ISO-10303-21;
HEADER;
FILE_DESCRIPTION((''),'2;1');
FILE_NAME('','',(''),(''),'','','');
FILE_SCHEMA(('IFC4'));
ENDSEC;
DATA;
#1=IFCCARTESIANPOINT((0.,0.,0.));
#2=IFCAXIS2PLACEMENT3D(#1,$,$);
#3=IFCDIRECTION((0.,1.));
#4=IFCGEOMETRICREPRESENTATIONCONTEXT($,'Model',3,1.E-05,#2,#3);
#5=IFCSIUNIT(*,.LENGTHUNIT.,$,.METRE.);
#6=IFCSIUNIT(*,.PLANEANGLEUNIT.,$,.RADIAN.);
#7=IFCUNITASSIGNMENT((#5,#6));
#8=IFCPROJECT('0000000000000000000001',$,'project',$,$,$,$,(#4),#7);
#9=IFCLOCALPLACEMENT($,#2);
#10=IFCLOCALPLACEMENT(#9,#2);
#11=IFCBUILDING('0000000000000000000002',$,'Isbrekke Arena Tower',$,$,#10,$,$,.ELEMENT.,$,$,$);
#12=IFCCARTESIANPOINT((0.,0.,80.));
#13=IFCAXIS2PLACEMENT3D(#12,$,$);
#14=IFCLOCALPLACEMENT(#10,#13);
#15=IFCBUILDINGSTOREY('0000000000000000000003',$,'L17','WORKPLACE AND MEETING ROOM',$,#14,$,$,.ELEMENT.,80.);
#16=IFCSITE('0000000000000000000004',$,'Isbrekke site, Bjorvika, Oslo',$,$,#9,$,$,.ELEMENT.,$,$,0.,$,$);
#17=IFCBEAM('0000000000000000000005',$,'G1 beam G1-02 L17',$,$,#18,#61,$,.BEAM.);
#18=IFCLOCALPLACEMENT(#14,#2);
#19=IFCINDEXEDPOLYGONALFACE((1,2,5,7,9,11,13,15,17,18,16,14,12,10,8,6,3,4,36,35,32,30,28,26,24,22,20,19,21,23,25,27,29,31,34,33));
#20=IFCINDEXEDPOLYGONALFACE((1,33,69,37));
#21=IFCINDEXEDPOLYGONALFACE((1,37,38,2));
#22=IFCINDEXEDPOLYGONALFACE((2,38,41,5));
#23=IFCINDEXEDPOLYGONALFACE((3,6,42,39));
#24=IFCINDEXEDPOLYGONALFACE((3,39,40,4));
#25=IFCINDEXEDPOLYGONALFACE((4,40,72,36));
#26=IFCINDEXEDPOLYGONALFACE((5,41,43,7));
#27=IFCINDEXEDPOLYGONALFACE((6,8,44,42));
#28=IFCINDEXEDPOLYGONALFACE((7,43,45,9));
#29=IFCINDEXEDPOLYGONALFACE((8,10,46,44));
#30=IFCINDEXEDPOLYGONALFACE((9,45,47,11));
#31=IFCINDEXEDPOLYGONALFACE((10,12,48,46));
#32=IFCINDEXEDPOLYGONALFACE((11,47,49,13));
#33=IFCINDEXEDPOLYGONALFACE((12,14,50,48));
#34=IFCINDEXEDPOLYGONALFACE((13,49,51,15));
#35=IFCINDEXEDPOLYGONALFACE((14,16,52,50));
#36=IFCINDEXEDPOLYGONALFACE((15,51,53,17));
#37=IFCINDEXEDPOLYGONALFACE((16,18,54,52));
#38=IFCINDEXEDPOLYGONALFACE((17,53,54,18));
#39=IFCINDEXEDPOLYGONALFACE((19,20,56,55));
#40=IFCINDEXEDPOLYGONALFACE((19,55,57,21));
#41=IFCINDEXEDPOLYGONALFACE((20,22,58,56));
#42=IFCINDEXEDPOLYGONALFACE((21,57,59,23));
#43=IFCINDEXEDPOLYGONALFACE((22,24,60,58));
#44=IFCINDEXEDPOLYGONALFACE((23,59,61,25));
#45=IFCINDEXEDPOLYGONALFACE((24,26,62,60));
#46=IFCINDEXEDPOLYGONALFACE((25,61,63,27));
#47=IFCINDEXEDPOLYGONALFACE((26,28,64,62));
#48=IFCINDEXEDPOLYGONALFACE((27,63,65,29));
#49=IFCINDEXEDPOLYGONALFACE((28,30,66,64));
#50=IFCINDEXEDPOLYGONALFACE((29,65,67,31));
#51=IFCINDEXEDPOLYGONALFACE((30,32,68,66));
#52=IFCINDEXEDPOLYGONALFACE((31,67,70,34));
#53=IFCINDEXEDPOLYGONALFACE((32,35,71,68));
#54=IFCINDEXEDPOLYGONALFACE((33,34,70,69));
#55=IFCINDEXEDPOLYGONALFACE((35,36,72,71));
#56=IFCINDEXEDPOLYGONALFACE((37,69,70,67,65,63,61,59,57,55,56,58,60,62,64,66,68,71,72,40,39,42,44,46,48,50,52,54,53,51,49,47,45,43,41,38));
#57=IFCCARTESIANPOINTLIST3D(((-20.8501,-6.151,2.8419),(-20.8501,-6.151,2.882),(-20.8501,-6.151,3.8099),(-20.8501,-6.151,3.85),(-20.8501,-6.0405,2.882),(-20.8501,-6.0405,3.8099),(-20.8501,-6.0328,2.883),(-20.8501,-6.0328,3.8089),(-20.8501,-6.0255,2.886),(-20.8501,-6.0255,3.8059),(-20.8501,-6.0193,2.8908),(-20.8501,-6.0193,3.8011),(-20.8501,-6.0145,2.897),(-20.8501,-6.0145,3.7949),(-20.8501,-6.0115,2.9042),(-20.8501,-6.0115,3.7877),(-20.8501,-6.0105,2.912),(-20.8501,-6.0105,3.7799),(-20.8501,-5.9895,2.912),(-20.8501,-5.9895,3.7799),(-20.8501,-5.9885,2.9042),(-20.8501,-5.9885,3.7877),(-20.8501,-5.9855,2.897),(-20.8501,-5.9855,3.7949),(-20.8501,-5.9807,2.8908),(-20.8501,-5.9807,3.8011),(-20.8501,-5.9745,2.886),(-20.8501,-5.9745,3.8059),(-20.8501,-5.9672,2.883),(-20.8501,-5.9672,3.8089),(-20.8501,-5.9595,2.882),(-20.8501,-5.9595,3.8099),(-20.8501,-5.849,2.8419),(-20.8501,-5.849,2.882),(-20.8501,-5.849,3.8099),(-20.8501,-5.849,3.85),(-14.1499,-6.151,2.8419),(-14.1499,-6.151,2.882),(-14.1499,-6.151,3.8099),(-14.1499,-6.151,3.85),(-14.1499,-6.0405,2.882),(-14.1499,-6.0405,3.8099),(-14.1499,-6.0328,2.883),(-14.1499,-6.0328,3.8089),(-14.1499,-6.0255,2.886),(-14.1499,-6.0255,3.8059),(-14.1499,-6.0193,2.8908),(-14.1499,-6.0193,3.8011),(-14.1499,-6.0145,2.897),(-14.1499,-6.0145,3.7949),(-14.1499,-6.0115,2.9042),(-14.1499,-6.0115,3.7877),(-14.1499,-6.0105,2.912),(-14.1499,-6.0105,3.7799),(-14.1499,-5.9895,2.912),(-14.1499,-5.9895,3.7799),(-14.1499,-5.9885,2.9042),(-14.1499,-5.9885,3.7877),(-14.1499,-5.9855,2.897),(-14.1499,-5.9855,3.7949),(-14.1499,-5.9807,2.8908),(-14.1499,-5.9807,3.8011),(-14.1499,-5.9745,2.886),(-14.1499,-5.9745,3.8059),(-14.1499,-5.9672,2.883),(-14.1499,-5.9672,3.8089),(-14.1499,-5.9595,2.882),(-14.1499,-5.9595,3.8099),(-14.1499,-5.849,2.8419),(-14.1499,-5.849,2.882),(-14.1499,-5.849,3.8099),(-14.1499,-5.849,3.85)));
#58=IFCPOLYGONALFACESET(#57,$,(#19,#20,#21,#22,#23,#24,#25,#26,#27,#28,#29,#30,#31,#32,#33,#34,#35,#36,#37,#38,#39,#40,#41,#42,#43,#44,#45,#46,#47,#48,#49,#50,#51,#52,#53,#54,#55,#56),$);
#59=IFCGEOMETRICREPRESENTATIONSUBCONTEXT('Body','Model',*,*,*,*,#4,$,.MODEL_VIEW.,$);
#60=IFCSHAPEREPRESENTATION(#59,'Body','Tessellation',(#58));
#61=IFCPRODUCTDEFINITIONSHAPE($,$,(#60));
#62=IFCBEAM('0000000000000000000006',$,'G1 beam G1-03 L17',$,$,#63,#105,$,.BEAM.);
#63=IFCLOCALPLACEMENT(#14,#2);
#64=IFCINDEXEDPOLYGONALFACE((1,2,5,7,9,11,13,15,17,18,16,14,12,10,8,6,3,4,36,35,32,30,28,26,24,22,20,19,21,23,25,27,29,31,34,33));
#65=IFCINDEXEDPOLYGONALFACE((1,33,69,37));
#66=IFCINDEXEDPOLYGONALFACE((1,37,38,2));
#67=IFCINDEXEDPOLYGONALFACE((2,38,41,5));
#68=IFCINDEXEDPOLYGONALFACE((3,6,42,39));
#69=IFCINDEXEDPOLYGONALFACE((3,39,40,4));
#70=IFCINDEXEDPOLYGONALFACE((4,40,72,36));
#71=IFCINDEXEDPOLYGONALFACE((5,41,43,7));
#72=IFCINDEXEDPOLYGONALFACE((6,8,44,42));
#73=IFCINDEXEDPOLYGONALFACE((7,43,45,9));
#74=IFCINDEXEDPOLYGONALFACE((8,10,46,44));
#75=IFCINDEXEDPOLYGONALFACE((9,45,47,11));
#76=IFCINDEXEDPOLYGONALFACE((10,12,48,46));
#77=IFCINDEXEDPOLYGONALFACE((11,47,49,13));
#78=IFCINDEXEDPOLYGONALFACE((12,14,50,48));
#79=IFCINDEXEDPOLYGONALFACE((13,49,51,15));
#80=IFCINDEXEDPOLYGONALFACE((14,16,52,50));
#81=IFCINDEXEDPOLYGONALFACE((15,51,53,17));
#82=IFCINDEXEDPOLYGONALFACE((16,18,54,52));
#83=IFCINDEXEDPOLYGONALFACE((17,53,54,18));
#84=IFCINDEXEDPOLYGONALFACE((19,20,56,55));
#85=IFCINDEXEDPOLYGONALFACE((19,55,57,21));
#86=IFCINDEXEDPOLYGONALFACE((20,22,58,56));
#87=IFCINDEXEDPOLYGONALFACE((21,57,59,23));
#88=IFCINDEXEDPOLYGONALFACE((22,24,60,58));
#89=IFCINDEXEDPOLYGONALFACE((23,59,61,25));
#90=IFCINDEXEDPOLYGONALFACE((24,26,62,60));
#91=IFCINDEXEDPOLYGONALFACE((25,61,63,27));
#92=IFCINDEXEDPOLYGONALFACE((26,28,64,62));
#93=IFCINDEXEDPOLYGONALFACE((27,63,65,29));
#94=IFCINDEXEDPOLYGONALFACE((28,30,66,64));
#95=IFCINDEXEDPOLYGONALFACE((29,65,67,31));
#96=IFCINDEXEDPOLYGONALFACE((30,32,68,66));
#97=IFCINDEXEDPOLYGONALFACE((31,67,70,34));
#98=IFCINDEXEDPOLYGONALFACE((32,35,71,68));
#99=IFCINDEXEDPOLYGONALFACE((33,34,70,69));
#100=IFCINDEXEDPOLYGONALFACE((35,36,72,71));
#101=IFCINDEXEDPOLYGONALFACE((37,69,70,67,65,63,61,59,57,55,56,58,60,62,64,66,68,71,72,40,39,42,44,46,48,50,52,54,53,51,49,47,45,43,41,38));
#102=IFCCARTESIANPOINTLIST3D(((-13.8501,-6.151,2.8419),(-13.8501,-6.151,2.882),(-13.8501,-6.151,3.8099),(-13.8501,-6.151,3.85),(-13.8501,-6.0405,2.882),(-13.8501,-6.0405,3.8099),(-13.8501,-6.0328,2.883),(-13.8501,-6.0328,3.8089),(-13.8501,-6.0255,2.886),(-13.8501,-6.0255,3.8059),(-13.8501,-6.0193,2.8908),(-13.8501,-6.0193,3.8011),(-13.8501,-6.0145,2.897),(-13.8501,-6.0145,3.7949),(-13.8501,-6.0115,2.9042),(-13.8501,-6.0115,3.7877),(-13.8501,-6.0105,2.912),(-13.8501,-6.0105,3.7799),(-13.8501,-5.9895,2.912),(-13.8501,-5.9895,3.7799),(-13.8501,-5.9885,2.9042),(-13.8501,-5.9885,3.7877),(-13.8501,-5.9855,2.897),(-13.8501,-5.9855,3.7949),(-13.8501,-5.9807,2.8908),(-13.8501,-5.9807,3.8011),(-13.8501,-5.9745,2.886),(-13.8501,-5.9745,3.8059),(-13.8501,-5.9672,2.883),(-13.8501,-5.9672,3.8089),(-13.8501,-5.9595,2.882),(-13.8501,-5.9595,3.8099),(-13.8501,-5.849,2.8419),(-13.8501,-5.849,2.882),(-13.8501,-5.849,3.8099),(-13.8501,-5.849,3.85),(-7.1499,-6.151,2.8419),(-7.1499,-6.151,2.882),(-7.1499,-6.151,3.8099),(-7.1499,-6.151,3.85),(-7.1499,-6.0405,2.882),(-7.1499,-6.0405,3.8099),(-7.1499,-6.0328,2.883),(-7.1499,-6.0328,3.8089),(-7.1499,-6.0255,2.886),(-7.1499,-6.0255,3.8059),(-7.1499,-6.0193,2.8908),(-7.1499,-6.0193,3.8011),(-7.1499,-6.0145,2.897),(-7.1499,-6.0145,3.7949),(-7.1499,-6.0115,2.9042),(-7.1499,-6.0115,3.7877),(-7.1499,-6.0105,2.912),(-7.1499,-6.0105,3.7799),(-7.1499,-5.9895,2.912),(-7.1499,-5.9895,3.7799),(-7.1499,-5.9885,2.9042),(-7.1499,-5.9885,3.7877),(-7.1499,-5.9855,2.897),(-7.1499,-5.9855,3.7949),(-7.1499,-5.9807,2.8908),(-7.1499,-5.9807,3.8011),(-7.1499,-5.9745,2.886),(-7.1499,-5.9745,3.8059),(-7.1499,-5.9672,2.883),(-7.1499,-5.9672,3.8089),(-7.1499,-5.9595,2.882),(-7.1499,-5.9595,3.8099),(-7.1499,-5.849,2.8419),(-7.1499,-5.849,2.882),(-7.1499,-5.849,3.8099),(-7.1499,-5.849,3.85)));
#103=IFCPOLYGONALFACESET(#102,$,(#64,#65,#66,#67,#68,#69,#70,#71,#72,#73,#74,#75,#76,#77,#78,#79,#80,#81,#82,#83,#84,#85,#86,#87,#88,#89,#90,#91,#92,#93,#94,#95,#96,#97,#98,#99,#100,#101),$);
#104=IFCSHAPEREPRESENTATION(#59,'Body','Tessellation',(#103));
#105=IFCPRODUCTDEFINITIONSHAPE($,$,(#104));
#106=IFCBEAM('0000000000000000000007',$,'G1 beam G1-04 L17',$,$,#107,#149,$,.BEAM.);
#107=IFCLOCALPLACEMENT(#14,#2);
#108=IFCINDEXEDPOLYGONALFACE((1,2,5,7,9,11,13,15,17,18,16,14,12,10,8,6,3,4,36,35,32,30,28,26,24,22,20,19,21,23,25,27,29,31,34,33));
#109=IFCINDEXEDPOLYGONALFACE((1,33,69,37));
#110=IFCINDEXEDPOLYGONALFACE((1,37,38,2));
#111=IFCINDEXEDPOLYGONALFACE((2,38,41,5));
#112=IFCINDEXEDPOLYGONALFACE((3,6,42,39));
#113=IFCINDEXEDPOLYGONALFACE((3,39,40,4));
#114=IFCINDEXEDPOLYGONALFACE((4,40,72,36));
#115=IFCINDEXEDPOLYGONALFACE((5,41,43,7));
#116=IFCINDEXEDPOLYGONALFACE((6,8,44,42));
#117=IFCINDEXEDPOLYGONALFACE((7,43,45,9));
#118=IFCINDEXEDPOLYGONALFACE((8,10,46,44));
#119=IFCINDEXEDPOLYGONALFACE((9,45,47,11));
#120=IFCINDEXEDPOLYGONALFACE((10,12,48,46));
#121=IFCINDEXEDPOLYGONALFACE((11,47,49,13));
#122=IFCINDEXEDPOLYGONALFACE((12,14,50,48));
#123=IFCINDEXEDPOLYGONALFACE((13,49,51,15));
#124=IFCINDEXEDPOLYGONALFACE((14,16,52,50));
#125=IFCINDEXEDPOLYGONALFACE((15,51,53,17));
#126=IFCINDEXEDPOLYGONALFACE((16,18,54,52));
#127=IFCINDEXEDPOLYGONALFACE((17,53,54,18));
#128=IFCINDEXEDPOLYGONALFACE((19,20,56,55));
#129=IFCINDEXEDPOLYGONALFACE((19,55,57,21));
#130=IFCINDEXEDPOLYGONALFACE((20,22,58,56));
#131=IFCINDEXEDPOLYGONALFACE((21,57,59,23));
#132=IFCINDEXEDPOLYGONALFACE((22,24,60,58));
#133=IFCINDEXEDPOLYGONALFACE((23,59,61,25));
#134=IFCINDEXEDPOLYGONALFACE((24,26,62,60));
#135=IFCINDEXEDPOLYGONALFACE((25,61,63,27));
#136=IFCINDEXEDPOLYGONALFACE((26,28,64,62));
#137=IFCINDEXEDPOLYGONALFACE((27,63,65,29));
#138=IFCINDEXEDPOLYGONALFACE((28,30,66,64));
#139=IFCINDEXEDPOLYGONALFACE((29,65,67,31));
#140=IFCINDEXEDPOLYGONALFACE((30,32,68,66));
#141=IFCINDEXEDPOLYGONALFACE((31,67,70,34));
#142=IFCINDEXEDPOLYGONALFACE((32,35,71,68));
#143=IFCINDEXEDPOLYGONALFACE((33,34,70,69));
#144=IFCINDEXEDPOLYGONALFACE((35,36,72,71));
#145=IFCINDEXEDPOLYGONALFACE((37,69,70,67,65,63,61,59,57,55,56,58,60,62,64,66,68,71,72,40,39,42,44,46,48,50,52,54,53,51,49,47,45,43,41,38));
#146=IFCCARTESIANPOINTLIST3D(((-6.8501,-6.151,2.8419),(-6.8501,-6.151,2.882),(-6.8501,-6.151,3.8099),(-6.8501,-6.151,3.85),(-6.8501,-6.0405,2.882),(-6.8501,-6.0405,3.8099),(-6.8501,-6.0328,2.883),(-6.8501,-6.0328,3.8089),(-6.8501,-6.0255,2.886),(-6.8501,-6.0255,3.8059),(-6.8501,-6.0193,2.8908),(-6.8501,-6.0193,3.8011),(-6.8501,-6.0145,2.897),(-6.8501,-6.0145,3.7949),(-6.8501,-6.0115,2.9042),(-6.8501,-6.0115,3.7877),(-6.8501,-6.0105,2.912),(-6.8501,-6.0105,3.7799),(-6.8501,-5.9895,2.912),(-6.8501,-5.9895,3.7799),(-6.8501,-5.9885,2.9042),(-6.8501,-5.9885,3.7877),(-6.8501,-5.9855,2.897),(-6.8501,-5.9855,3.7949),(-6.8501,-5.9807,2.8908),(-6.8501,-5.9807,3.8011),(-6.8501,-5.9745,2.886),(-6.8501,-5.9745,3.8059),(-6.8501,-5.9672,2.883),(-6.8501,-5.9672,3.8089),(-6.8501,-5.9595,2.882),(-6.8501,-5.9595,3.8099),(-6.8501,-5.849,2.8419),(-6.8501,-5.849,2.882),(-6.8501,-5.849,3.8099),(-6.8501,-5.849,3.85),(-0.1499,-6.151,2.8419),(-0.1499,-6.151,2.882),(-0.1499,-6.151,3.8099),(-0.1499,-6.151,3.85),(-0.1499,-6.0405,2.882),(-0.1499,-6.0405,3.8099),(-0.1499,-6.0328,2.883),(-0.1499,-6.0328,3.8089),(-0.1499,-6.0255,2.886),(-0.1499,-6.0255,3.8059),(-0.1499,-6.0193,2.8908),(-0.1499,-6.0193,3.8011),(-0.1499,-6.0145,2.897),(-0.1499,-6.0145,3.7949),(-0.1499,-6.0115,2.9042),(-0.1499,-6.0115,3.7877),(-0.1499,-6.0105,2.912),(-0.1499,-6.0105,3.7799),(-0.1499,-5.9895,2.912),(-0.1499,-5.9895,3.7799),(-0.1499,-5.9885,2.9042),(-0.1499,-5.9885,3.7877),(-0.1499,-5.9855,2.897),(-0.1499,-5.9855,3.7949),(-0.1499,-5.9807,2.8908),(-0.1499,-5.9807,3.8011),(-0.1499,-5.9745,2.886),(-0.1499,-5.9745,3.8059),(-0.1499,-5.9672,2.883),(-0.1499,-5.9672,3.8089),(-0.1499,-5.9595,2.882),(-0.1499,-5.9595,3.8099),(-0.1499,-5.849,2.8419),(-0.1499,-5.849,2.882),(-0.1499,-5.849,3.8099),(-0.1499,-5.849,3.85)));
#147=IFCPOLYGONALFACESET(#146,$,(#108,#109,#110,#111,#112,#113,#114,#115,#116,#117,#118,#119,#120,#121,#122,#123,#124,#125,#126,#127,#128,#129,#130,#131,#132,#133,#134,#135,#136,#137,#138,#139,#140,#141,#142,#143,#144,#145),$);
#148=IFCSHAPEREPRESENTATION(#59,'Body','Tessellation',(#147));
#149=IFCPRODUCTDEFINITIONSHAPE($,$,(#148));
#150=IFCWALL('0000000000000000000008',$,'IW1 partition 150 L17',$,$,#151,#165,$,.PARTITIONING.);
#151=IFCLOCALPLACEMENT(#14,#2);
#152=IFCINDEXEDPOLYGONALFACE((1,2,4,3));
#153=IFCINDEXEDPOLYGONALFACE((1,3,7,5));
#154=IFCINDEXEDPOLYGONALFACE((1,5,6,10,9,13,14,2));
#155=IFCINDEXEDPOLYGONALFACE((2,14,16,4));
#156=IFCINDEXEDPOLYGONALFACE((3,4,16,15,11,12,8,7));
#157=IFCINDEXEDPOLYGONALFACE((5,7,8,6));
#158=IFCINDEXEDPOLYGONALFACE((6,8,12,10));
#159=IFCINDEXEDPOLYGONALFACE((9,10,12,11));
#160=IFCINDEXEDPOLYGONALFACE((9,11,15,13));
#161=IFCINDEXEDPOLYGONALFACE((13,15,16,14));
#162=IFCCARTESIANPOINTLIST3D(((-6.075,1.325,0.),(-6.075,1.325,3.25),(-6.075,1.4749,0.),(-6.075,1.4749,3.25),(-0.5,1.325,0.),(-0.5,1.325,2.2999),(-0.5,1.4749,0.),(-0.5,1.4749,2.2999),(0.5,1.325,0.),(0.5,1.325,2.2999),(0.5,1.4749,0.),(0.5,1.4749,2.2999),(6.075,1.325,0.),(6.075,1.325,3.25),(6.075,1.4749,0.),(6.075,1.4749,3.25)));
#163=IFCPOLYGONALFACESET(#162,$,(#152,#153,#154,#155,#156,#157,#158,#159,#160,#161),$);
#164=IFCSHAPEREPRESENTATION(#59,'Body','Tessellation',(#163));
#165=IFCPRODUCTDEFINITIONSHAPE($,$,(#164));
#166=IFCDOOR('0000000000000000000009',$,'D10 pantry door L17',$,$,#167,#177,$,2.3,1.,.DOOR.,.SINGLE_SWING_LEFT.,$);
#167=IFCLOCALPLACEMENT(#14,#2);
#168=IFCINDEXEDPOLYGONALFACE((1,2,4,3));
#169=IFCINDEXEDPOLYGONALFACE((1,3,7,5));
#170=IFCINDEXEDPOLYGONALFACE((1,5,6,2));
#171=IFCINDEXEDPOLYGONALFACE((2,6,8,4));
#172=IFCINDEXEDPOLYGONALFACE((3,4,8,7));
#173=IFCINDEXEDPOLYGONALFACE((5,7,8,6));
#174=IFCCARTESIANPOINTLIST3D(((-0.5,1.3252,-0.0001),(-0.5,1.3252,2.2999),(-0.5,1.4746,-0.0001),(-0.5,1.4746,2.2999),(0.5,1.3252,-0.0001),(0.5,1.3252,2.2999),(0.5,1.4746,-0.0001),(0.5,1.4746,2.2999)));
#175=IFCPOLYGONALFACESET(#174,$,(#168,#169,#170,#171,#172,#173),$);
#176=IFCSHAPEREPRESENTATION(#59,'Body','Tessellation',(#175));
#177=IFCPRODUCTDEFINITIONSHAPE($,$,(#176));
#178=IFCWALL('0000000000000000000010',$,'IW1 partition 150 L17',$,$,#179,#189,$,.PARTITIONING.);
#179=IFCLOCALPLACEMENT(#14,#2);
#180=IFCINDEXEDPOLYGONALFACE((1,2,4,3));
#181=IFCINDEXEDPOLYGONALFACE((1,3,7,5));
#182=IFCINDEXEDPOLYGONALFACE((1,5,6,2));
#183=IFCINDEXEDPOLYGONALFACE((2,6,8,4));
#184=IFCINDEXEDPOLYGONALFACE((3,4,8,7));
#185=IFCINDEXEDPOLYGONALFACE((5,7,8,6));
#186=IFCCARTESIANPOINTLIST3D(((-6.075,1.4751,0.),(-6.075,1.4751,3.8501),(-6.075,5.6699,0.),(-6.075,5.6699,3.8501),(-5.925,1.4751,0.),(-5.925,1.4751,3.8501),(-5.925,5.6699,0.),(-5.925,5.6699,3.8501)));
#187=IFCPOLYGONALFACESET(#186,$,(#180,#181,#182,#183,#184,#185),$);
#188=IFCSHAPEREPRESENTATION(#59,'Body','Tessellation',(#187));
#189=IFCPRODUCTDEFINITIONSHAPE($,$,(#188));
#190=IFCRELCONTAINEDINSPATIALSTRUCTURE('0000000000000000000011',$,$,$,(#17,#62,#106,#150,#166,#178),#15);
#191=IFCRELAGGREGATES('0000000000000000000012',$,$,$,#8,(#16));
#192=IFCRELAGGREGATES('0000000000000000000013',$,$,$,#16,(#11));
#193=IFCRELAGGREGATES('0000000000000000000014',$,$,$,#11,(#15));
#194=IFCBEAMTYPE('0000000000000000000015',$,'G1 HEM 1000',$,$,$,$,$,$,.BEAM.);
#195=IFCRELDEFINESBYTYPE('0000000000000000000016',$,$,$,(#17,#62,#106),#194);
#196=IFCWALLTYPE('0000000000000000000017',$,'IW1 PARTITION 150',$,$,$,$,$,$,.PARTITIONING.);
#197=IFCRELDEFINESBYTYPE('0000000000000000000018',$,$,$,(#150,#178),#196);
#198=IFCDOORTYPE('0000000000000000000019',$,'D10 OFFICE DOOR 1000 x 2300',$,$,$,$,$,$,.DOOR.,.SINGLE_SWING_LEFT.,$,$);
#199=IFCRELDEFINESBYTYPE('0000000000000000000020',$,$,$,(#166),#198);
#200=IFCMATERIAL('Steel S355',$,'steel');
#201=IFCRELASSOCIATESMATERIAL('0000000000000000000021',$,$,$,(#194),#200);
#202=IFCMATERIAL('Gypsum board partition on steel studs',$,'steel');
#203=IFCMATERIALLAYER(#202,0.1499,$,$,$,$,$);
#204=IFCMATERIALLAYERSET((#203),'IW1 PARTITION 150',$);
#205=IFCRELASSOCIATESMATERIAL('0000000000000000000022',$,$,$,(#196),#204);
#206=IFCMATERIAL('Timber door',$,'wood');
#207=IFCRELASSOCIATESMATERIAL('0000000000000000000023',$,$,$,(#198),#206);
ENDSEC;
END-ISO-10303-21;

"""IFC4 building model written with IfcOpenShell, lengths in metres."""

from ifc_helpers import new_model, si_unit, direction, frame, frame_2d, origin, origin_2d, place, context, subcontext, project, spatial, rectangle, i_section, extrude, material, layer, layer_set, material_profile, profile_set, type_object, element, fill, save


model = new_model("IFC4")

# Units and contexts
model_context = context("Model", 3, precision=1e-05, world=origin(), true_north=direction((0.0, 1.0)))
body_context = subcontext(model_context, "Body", "Model", "MODEL_VIEW")
ifc_project = project(units=[si_unit("LENGTHUNIT", "METRE"), si_unit("PLANEANGLEUNIT", "RADIAN")], contexts=[model_context])

# Site, building, storey
site_placement = place(None, origin())
site = spatial("IfcSite", under=ifc_project, at=site_placement, Name="Isbrekke site, Bjorvika, Oslo", CompositionType="ELEMENT", RefElevation=0.0)
building_placement = place(site_placement, origin())
building = spatial("IfcBuilding", under=site, at=building_placement, Name="Isbrekke Arena Tower", CompositionType="ELEMENT")
storey_placement = place(building_placement, frame((0.0, 0.0, 80.0)))
storey = spatial("IfcBuildingStorey", under=building, at=storey_placement, Name="L17", Description="WORKPLACE AND MEETING ROOM", CompositionType="ELEMENT", Elevation=80.0)

# Beams
ifc_material_1 = material(Name="Steel S355", Category="steel")
ifc_material_profile_1 = material_profile(ifc_material_1, i_section(OverallWidth=0.302, OverallDepth=1.0081, WebThickness=0.021, FlangeThickness=0.04, FilletRadius=0.03, at=origin_2d()), Name="HEM 1000")
ifc_profile_set_1 = profile_set([ifc_material_profile_1], Name="Steel S355")
beam_type_1 = type_object("IfcBeamType", Name="G1 HEM 1000", PredefinedType="BEAM", material=ifc_profile_set_1)
for number, where, z_axis, x_axis, name in (
    (1, (-20.8501, -6.0, 3.3459), (1.0, 0.0, 0.0), (0.0, 1.0, 0.0), "G1 beam G1-02 L17"),
    (2, (-13.8501, -6.0, 3.3459), (1.0, 0.0, 0.0), (0.0, 1.0, 0.0), "G1 beam G1-03 L17"),
    (3, (-6.8501, -6.0, 3.3459), (1.0, 0.0, 0.0), (0.0, 1.0, 0.0), "G1 beam G1-04 L17"),
):
    element("IfcBeam", number, at=place(storey_placement, frame(where, z_axis=z_axis, x_axis=x_axis)), inside=storey, type_object=beam_type_1, Name=name, PredefinedType="BEAM", context=body_context, shape_type="SweptSolid", body=[
        extrude(i_section(OverallWidth=0.302, OverallDepth=1.0081, WebThickness=0.021, FlangeThickness=0.04, FilletRadius=0.03, at=origin_2d()), origin(), (0.0, 0.0, 1.0), 6.7002),
    ])

# Wall, opening, door
ifc_material_2 = material(Name="Gypsum board partition on steel studs", Category="steel")
ifc_layer_1 = layer(ifc_material_2, 0.1499)
ifc_layer_set_1 = layer_set([ifc_layer_1], Name="IW1 PARTITION 150")
wall_type_1 = type_object("IfcWallType", Name="IW1 PARTITION 150", PredefinedType="PARTITIONING", material=ifc_layer_set_1)
wall_1_placement = place(storey_placement, frame((-6.075, 1.3999, 0.0), z_axis=(0.0, 0.0, 1.0), x_axis=(1.0, 0.0, 0.0)))
wall_1 = element("IfcWall", 4, at=wall_1_placement, inside=storey, type_object=wall_type_1, Name="IW1 partition 150 L17", PredefinedType="PARTITIONING", context=body_context, shape_type="SweptSolid", body=[
    extrude(rectangle(XDim=12.1499, YDim=0.1499, at=frame_2d((6.075, 0.0))), origin(), (0.0, 0.0, 1.0), 3.25),
])
opening_1_placement = place(wall_1_placement, frame((5.575, 0.0, 0.0)))
opening_1 = element("IfcOpeningElement", 5, at=opening_1_placement, cuts=wall_1, PredefinedType="OPENING", context=body_context, shape_type="SweptSolid", body=[
    extrude(rectangle(XDim=1.0, YDim=2.3, at=frame_2d((0.5, 1.1499))), frame((0.0, 0.0898, 0.0), z_axis=(0.0, -1.0, 0.0), x_axis=(1.0, 0.0, 0.0)), (0.0, 0.0, 1.0), 0.1797),
])
ifc_material_3 = material(Name="Timber door", Category="wood")
door_type_1 = type_object("IfcDoorType", Name="D10 OFFICE DOOR 1000 x 2300", OperationType="SINGLE_SWING_LEFT", PredefinedType="DOOR", material=ifc_material_3)
door_1_placement = place(opening_1_placement, origin())
door_1 = element("IfcDoor", 6, at=door_1_placement, inside=storey, type_object=door_type_1, Name="D10 pantry door L17", OperationType="SINGLE_SWING_LEFT", OverallHeight=2.3, OverallWidth=1.0, PredefinedType="DOOR", context=body_context, shape_type="SweptSolid", body=[
    extrude(rectangle(XDim=1.0, YDim=2.3, at=frame_2d((0.5, 1.1499))), frame((0.0, 0.0747, 0.0), z_axis=(0.0, -1.0, 0.0), x_axis=(1.0, 0.0, 0.0)), (0.0, 0.0, 1.0), 0.1494),
])
fill(opening_1, door_1)

# Wall
wall_2_placement = place(storey_placement, frame((-6.0, 1.4751, 0.0), z_axis=(0.0, 0.0, 1.0), x_axis=(0.0, 1.0, 0.0)))
element("IfcWall", 7, at=wall_2_placement, inside=storey, type_object=wall_type_1, Name="IW1 partition 150 L17", PredefinedType="PARTITIONING", context=body_context, shape_type="SweptSolid", body=[
    extrude(rectangle(XDim=4.1948, YDim=0.1499, at=frame_2d((2.0974, 0.0))), origin(), (0.0, 0.0, 1.0), 3.8501),
])

save(model, "model.ifc")
